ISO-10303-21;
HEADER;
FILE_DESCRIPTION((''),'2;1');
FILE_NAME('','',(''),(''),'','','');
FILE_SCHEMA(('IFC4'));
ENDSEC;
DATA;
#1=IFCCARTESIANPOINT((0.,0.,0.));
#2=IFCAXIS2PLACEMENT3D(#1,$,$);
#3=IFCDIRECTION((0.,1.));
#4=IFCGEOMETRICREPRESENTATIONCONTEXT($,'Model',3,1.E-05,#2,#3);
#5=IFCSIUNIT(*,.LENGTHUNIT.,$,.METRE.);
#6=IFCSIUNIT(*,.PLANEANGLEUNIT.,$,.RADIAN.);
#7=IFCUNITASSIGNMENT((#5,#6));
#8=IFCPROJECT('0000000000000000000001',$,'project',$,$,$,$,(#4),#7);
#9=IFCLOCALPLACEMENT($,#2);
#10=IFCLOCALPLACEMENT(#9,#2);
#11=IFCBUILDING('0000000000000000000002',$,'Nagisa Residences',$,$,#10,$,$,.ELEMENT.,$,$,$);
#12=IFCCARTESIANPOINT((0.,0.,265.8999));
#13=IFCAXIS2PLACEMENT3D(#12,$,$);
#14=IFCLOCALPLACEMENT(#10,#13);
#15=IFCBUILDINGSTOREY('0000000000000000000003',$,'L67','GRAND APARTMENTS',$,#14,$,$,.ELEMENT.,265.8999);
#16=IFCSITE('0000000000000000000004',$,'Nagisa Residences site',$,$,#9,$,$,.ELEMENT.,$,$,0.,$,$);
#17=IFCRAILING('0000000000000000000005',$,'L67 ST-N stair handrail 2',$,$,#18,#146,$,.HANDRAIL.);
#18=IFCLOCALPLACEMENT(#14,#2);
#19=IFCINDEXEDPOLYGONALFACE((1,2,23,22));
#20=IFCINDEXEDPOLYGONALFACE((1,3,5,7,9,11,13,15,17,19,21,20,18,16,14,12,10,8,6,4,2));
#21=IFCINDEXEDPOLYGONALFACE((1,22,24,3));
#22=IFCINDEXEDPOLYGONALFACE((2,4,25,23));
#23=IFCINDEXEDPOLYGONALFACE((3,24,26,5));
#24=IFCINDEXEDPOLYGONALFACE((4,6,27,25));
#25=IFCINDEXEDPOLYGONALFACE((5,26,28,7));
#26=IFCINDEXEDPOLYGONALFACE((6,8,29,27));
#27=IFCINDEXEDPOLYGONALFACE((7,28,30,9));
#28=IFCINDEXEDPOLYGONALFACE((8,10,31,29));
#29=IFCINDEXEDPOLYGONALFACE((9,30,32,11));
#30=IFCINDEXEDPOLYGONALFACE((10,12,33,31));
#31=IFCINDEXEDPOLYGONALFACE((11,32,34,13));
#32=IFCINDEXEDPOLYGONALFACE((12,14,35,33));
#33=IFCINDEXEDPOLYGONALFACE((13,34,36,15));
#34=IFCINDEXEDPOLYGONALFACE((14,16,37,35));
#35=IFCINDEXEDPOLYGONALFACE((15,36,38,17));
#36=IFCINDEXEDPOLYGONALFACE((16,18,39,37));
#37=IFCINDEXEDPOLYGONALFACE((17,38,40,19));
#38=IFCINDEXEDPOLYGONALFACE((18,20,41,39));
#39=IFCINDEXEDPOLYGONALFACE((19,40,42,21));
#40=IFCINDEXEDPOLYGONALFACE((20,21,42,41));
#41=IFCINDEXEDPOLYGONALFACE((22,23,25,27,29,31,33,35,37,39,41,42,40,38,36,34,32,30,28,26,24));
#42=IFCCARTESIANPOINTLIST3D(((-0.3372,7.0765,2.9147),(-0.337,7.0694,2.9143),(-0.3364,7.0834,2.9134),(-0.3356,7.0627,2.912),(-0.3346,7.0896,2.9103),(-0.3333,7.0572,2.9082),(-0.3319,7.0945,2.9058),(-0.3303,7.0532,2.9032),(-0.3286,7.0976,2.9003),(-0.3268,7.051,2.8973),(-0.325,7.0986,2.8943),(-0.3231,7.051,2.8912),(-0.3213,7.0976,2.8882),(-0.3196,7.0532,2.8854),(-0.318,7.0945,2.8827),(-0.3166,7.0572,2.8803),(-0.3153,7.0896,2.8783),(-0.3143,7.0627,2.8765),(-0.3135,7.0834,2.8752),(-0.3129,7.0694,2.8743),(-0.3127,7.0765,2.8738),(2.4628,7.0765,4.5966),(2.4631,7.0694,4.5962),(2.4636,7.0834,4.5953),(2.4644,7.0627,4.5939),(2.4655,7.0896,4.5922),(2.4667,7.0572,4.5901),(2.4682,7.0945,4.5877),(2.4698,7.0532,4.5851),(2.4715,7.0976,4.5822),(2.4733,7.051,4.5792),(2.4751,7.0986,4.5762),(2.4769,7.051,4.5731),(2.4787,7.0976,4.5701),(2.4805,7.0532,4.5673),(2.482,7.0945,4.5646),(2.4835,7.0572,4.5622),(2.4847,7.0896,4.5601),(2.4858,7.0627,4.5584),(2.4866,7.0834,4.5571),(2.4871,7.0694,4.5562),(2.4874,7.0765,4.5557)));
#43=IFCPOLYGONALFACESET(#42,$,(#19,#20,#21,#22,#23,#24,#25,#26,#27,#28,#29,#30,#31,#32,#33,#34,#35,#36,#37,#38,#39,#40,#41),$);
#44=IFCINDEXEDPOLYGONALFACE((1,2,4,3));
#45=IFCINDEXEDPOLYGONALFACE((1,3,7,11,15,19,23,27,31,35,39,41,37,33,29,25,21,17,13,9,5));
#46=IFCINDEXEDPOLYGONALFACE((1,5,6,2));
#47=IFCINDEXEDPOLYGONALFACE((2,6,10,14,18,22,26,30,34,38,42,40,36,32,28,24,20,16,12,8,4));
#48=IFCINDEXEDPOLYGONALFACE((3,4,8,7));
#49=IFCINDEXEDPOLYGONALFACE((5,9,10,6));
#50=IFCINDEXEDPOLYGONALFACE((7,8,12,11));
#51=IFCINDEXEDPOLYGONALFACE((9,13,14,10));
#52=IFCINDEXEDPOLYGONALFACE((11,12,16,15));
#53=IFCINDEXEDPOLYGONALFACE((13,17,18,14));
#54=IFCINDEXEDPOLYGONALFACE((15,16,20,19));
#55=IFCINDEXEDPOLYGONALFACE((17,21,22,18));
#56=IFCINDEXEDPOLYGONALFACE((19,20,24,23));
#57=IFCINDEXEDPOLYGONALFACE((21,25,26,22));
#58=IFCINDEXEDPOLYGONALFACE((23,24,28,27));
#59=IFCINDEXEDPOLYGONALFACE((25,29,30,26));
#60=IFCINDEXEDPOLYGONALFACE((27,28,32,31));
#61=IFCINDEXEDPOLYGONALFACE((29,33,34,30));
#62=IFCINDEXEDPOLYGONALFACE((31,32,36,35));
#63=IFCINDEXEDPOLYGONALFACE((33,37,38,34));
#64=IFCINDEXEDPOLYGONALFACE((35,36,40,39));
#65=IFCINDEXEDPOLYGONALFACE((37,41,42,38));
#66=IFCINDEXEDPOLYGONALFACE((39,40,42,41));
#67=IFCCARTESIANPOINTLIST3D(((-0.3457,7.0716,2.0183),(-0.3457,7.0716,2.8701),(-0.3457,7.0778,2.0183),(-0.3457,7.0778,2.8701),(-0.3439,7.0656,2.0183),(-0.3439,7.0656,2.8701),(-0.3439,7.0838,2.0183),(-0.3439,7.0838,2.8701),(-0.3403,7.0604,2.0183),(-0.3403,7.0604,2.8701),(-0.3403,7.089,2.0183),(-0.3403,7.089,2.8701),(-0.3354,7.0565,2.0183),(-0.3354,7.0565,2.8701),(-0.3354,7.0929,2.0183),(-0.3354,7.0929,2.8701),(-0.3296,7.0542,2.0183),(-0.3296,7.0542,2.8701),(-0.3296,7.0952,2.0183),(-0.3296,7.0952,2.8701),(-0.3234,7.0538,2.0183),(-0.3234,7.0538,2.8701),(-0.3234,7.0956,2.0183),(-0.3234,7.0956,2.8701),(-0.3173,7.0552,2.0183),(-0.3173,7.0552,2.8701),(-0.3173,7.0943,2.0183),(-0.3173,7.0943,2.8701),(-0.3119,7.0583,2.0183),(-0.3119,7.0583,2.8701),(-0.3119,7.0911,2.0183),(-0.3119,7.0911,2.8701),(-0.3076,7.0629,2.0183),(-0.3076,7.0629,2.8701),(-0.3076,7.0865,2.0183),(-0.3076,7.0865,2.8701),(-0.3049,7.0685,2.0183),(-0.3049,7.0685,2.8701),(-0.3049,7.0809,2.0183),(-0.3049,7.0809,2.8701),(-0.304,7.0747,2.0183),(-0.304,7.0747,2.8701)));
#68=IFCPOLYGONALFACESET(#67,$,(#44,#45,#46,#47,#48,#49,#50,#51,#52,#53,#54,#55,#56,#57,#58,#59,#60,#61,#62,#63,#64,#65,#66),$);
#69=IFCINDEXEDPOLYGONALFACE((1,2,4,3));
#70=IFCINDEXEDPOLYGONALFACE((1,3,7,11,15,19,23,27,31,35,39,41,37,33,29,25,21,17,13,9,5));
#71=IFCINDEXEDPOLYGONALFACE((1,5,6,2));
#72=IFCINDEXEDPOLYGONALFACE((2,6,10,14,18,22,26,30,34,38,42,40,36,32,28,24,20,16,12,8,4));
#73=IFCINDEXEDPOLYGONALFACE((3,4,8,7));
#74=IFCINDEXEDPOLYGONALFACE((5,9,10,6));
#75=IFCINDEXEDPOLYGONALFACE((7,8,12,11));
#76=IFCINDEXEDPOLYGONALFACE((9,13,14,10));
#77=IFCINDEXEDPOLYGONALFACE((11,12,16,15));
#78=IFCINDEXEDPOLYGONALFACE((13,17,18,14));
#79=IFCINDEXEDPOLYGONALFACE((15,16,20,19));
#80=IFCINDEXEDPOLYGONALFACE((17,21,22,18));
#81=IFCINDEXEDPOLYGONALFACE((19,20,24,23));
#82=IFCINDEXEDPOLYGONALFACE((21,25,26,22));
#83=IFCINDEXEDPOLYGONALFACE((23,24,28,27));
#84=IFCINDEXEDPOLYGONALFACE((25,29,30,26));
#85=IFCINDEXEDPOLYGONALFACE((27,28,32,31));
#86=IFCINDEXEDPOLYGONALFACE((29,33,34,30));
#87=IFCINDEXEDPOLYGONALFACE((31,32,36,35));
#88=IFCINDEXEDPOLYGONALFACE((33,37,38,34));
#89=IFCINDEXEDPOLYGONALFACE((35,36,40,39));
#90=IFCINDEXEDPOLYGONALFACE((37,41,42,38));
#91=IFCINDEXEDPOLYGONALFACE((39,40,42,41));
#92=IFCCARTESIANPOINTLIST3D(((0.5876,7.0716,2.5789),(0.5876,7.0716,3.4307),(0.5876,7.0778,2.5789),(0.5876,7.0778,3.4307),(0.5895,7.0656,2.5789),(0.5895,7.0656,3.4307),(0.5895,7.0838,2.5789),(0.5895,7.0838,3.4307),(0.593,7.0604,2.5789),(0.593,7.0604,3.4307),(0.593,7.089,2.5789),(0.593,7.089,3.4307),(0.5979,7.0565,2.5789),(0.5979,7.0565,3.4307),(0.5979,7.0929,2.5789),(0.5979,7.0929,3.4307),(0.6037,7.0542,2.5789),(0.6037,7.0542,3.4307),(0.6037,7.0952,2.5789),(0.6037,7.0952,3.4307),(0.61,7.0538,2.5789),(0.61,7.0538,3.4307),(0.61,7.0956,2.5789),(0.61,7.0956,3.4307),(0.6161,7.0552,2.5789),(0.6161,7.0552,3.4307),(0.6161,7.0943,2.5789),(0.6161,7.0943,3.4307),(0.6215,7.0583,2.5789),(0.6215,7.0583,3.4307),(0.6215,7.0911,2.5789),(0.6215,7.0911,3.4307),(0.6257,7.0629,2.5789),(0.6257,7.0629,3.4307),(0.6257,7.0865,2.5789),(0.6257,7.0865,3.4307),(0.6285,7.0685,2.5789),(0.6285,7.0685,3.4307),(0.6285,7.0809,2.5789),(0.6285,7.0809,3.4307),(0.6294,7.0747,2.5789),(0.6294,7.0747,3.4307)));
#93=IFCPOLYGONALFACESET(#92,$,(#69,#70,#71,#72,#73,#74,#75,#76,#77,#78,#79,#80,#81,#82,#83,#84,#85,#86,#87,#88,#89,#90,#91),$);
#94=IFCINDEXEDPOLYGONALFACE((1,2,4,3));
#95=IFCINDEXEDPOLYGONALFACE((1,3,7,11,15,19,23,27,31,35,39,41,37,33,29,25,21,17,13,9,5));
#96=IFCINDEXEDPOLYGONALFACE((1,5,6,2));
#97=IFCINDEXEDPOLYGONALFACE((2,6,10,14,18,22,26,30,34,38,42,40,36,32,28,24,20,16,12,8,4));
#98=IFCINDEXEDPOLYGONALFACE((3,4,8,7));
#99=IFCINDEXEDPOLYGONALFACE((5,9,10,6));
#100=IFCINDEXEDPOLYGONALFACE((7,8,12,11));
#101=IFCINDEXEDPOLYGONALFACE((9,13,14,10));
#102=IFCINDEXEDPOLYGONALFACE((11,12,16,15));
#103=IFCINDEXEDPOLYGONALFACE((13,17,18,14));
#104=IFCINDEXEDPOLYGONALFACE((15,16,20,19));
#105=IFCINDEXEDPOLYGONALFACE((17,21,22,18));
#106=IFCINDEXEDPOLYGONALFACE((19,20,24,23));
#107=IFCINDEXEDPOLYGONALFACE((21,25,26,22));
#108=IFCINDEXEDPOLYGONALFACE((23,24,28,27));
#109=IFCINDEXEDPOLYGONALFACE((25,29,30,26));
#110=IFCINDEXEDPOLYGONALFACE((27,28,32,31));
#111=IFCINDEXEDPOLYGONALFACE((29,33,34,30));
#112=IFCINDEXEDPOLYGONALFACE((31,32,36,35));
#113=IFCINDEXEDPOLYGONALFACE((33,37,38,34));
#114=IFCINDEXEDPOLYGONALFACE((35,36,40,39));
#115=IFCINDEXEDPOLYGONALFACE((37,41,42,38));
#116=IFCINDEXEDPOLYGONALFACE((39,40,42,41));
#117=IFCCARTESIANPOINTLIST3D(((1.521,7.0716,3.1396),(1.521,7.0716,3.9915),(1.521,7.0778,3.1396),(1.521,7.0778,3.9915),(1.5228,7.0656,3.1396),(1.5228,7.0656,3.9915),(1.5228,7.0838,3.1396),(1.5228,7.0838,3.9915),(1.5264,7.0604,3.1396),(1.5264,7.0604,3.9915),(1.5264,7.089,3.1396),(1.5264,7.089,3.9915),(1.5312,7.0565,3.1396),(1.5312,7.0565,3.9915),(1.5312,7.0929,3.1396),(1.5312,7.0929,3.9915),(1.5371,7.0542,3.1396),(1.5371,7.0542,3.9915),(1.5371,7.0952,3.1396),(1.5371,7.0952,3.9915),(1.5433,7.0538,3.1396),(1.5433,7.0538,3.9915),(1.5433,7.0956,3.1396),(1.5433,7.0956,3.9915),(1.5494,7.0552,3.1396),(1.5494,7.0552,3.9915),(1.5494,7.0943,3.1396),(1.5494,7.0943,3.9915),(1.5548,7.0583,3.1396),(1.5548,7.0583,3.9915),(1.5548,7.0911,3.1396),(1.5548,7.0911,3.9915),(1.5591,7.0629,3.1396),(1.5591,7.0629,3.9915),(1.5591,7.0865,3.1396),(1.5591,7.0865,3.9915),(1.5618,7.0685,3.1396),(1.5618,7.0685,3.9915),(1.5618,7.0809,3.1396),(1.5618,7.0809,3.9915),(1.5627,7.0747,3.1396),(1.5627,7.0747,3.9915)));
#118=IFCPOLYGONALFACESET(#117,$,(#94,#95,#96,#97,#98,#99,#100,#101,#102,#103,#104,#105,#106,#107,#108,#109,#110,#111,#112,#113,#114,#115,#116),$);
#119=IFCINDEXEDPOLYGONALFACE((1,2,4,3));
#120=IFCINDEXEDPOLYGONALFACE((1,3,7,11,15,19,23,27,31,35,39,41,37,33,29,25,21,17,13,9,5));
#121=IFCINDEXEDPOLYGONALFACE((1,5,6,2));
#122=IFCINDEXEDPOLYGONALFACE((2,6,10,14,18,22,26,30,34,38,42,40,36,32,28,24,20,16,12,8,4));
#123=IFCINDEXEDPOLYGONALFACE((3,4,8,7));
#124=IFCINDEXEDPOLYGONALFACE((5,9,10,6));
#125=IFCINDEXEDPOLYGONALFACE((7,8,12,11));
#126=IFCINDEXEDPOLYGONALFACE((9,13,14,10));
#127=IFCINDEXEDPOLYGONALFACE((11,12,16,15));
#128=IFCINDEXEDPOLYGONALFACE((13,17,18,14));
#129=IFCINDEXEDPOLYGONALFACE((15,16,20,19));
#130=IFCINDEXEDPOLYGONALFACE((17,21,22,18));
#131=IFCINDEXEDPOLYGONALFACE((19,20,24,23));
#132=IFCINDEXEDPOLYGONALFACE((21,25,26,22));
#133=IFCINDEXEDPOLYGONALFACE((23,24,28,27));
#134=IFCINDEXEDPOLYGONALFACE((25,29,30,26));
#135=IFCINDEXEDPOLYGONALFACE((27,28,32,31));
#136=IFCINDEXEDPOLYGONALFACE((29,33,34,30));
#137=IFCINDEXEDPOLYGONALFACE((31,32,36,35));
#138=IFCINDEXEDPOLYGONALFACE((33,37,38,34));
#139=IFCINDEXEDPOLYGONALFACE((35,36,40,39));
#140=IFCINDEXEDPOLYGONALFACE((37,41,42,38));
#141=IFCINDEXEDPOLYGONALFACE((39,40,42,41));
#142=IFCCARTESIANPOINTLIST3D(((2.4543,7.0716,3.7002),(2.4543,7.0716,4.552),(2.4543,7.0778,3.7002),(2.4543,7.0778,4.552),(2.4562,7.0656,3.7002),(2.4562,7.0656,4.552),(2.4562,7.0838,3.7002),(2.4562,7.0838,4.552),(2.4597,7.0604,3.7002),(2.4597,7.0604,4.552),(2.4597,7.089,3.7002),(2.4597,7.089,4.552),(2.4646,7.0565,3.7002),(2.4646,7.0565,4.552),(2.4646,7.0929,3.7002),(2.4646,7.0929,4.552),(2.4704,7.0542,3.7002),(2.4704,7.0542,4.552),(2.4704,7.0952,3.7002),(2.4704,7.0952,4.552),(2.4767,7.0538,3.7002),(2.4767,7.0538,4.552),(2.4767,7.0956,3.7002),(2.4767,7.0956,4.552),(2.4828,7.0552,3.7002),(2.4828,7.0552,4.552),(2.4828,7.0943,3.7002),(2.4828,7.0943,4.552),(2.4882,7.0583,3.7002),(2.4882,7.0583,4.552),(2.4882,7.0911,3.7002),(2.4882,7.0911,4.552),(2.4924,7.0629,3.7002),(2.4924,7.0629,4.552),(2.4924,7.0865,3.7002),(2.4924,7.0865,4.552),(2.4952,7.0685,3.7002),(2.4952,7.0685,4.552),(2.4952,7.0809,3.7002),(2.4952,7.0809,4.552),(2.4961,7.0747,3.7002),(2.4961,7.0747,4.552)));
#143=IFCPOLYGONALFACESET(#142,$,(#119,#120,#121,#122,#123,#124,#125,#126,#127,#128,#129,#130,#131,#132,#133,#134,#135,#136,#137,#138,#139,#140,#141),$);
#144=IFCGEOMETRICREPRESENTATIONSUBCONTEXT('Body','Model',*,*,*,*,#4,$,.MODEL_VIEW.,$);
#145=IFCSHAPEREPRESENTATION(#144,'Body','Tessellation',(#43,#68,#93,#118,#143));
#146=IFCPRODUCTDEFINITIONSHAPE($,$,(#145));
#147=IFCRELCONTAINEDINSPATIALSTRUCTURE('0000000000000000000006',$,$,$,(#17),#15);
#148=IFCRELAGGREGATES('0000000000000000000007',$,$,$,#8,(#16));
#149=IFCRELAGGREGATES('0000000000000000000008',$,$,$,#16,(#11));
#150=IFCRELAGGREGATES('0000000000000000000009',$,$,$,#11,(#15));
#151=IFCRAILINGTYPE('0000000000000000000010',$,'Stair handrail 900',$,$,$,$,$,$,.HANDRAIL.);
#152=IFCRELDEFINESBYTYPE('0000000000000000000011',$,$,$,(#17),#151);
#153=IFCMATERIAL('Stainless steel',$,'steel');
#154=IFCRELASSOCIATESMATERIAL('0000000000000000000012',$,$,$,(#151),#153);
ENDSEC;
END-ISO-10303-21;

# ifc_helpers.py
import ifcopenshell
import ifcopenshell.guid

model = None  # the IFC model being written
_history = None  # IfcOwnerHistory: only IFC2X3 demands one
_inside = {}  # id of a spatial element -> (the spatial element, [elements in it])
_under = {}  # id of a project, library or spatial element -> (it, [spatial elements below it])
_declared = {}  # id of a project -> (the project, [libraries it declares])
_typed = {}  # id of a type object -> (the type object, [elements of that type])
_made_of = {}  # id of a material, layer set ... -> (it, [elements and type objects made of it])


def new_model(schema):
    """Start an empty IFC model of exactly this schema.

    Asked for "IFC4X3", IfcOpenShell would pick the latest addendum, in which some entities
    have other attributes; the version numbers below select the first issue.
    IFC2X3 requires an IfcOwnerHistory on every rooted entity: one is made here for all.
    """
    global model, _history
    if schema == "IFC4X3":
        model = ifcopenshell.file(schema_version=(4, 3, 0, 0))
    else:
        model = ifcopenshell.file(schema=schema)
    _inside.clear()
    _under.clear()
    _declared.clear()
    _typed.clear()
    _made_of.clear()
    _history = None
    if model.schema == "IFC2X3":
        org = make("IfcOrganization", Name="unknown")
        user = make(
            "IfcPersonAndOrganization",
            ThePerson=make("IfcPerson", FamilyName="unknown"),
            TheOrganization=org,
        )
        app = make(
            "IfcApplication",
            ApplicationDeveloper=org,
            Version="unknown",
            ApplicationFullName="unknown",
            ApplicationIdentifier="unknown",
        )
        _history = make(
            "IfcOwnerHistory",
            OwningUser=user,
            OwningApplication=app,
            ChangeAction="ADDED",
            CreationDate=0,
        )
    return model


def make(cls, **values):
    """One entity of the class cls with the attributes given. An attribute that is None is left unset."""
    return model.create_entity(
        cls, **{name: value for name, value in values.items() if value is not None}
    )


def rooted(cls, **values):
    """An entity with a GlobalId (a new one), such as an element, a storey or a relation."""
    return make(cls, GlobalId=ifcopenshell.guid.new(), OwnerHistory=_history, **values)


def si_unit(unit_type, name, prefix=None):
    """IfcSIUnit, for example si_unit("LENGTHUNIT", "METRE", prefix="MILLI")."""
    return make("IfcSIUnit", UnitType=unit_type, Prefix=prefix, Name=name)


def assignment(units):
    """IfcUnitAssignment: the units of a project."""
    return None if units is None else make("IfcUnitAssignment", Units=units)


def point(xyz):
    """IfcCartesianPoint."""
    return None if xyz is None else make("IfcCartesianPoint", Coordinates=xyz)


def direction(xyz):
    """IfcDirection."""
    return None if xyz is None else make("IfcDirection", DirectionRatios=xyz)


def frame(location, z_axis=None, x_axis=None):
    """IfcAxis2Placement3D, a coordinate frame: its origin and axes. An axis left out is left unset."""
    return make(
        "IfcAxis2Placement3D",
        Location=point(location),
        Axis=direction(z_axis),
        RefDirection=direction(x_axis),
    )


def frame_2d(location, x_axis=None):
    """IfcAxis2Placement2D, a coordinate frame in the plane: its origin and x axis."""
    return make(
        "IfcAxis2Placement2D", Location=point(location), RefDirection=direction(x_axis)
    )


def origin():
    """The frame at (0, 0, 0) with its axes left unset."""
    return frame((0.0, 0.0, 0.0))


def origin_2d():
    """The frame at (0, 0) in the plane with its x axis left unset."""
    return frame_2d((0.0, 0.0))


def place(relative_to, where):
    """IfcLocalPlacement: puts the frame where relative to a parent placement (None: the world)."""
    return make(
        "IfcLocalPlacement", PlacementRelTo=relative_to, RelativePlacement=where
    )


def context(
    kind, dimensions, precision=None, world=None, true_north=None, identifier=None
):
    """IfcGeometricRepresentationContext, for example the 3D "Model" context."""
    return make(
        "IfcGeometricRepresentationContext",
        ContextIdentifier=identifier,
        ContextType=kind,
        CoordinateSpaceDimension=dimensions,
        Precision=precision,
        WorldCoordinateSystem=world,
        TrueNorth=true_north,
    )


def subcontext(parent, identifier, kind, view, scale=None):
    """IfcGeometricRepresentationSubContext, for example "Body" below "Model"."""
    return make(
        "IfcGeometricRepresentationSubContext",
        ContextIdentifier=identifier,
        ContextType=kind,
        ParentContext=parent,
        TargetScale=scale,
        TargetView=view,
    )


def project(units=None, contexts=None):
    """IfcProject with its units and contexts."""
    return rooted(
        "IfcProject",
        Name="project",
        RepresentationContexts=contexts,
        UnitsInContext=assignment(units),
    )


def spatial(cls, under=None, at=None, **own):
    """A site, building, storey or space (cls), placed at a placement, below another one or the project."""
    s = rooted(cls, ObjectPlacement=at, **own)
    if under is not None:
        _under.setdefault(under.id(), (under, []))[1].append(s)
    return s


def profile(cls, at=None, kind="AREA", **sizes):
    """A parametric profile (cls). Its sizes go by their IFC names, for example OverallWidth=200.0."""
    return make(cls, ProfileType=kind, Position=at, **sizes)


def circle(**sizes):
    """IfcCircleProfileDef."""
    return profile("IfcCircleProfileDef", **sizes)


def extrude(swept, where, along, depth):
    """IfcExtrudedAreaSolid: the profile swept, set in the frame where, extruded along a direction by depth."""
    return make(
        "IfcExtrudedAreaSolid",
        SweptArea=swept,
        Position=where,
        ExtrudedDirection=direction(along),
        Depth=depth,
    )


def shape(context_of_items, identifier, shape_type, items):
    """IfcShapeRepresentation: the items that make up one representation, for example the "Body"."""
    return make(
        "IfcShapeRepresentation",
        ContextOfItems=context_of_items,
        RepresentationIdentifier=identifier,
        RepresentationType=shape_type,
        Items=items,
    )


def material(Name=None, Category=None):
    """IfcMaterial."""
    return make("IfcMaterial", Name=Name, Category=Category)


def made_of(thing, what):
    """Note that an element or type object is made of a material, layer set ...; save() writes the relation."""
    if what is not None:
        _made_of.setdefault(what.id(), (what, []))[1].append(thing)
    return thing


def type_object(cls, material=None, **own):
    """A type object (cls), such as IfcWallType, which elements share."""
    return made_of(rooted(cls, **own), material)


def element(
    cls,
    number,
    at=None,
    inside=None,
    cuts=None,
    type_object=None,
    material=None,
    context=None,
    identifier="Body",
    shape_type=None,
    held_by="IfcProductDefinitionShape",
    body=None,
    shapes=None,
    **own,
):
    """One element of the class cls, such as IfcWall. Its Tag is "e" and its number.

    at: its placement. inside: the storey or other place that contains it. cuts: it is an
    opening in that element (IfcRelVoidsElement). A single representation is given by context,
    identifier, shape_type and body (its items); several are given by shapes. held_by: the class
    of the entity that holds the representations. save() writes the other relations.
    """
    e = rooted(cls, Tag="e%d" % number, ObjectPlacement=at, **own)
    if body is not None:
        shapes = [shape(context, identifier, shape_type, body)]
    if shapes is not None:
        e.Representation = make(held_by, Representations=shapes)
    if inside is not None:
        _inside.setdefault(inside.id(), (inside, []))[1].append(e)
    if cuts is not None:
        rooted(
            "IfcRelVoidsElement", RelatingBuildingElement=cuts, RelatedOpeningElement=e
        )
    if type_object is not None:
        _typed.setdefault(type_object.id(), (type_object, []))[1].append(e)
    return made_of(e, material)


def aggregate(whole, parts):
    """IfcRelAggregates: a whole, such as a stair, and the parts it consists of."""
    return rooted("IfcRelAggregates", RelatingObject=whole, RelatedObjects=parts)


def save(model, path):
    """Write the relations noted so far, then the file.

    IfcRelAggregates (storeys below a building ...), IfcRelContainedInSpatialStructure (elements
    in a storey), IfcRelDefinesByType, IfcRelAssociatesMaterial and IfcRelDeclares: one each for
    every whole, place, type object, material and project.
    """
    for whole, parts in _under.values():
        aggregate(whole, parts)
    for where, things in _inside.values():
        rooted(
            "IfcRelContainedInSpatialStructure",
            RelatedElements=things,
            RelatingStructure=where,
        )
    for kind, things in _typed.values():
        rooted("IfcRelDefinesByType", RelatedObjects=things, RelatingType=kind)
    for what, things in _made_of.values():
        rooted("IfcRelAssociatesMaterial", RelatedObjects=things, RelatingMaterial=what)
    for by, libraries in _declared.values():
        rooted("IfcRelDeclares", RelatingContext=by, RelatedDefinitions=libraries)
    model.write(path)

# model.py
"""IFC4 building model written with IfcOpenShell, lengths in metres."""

from ifc_helpers import new_model, si_unit, direction, frame, origin, origin_2d, place, context, subcontext, project, spatial, circle, extrude, material, type_object, element, save


model = new_model("IFC4")

# Units and contexts
model_context = context("Model", 3, precision=1e-05, world=origin(), true_north=direction((0.0, 1.0)))
body_context = subcontext(model_context, "Body", "Model", "MODEL_VIEW")
ifc_project = project(units=[si_unit("LENGTHUNIT", "METRE"), si_unit("PLANEANGLEUNIT", "RADIAN")], contexts=[model_context])

# Site, building, storey
site_placement = place(None, origin())
site = spatial("IfcSite", under=ifc_project, at=site_placement, Name="Nagisa Residences site", CompositionType="ELEMENT", RefElevation=0.0)
building_placement = place(site_placement, origin())
building = spatial("IfcBuilding", under=site, at=building_placement, Name="Nagisa Residences", CompositionType="ELEMENT")
storey_placement = place(building_placement, frame((0.0, 0.0, 265.8999)))
storey = spatial("IfcBuildingStorey", under=building, at=storey_placement, Name="L67", Description="GRAND APARTMENTS", CompositionType="ELEMENT", Elevation=265.8999)

# Railing
ifc_material_1 = material(Name="Stainless steel", Category="steel")
railing_type = type_object("IfcRailingType", Name="Stair handrail 900", PredefinedType="HANDRAIL", material=ifc_material_1)
railing_placement = place(storey_placement, frame((-0.325, 7.0747, 2.0183)))
element("IfcRailing", 1, at=railing_placement, inside=storey, type_object=railing_type, Name="L67 ST-N stair handrail 2", PredefinedType="HANDRAIL", context=body_context, shape_type="SweptSolid", body=[
    extrude(circle(Radius=0.0239, at=origin_2d()), frame((0.0, 0.0, 0.876), z_axis=(0.857242, 0.0, 0.514913), x_axis=(0.0, 1.0, 0.0)), (0.0, 0.0, 1.0), 3.2664),
    extrude(circle(Radius=0.021, at=origin_2d()), origin(), (0.0, 0.0, 1.0), 0.8518),
    extrude(circle(Radius=0.021, at=origin_2d()), frame((0.9333, 0.0, 0.5605)), (0.0, 0.0, 1.0), 0.8518),
    extrude(circle(Radius=0.021, at=origin_2d()), frame((1.8667, 0.0, 1.1213)), (0.0, 0.0, 1.0), 0.8518),
    extrude(circle(Radius=0.021, at=origin_2d()), frame((2.8, 0.0, 1.6819)), (0.0, 0.0, 1.0), 0.8518),
])

save(model, "model.ifc")
